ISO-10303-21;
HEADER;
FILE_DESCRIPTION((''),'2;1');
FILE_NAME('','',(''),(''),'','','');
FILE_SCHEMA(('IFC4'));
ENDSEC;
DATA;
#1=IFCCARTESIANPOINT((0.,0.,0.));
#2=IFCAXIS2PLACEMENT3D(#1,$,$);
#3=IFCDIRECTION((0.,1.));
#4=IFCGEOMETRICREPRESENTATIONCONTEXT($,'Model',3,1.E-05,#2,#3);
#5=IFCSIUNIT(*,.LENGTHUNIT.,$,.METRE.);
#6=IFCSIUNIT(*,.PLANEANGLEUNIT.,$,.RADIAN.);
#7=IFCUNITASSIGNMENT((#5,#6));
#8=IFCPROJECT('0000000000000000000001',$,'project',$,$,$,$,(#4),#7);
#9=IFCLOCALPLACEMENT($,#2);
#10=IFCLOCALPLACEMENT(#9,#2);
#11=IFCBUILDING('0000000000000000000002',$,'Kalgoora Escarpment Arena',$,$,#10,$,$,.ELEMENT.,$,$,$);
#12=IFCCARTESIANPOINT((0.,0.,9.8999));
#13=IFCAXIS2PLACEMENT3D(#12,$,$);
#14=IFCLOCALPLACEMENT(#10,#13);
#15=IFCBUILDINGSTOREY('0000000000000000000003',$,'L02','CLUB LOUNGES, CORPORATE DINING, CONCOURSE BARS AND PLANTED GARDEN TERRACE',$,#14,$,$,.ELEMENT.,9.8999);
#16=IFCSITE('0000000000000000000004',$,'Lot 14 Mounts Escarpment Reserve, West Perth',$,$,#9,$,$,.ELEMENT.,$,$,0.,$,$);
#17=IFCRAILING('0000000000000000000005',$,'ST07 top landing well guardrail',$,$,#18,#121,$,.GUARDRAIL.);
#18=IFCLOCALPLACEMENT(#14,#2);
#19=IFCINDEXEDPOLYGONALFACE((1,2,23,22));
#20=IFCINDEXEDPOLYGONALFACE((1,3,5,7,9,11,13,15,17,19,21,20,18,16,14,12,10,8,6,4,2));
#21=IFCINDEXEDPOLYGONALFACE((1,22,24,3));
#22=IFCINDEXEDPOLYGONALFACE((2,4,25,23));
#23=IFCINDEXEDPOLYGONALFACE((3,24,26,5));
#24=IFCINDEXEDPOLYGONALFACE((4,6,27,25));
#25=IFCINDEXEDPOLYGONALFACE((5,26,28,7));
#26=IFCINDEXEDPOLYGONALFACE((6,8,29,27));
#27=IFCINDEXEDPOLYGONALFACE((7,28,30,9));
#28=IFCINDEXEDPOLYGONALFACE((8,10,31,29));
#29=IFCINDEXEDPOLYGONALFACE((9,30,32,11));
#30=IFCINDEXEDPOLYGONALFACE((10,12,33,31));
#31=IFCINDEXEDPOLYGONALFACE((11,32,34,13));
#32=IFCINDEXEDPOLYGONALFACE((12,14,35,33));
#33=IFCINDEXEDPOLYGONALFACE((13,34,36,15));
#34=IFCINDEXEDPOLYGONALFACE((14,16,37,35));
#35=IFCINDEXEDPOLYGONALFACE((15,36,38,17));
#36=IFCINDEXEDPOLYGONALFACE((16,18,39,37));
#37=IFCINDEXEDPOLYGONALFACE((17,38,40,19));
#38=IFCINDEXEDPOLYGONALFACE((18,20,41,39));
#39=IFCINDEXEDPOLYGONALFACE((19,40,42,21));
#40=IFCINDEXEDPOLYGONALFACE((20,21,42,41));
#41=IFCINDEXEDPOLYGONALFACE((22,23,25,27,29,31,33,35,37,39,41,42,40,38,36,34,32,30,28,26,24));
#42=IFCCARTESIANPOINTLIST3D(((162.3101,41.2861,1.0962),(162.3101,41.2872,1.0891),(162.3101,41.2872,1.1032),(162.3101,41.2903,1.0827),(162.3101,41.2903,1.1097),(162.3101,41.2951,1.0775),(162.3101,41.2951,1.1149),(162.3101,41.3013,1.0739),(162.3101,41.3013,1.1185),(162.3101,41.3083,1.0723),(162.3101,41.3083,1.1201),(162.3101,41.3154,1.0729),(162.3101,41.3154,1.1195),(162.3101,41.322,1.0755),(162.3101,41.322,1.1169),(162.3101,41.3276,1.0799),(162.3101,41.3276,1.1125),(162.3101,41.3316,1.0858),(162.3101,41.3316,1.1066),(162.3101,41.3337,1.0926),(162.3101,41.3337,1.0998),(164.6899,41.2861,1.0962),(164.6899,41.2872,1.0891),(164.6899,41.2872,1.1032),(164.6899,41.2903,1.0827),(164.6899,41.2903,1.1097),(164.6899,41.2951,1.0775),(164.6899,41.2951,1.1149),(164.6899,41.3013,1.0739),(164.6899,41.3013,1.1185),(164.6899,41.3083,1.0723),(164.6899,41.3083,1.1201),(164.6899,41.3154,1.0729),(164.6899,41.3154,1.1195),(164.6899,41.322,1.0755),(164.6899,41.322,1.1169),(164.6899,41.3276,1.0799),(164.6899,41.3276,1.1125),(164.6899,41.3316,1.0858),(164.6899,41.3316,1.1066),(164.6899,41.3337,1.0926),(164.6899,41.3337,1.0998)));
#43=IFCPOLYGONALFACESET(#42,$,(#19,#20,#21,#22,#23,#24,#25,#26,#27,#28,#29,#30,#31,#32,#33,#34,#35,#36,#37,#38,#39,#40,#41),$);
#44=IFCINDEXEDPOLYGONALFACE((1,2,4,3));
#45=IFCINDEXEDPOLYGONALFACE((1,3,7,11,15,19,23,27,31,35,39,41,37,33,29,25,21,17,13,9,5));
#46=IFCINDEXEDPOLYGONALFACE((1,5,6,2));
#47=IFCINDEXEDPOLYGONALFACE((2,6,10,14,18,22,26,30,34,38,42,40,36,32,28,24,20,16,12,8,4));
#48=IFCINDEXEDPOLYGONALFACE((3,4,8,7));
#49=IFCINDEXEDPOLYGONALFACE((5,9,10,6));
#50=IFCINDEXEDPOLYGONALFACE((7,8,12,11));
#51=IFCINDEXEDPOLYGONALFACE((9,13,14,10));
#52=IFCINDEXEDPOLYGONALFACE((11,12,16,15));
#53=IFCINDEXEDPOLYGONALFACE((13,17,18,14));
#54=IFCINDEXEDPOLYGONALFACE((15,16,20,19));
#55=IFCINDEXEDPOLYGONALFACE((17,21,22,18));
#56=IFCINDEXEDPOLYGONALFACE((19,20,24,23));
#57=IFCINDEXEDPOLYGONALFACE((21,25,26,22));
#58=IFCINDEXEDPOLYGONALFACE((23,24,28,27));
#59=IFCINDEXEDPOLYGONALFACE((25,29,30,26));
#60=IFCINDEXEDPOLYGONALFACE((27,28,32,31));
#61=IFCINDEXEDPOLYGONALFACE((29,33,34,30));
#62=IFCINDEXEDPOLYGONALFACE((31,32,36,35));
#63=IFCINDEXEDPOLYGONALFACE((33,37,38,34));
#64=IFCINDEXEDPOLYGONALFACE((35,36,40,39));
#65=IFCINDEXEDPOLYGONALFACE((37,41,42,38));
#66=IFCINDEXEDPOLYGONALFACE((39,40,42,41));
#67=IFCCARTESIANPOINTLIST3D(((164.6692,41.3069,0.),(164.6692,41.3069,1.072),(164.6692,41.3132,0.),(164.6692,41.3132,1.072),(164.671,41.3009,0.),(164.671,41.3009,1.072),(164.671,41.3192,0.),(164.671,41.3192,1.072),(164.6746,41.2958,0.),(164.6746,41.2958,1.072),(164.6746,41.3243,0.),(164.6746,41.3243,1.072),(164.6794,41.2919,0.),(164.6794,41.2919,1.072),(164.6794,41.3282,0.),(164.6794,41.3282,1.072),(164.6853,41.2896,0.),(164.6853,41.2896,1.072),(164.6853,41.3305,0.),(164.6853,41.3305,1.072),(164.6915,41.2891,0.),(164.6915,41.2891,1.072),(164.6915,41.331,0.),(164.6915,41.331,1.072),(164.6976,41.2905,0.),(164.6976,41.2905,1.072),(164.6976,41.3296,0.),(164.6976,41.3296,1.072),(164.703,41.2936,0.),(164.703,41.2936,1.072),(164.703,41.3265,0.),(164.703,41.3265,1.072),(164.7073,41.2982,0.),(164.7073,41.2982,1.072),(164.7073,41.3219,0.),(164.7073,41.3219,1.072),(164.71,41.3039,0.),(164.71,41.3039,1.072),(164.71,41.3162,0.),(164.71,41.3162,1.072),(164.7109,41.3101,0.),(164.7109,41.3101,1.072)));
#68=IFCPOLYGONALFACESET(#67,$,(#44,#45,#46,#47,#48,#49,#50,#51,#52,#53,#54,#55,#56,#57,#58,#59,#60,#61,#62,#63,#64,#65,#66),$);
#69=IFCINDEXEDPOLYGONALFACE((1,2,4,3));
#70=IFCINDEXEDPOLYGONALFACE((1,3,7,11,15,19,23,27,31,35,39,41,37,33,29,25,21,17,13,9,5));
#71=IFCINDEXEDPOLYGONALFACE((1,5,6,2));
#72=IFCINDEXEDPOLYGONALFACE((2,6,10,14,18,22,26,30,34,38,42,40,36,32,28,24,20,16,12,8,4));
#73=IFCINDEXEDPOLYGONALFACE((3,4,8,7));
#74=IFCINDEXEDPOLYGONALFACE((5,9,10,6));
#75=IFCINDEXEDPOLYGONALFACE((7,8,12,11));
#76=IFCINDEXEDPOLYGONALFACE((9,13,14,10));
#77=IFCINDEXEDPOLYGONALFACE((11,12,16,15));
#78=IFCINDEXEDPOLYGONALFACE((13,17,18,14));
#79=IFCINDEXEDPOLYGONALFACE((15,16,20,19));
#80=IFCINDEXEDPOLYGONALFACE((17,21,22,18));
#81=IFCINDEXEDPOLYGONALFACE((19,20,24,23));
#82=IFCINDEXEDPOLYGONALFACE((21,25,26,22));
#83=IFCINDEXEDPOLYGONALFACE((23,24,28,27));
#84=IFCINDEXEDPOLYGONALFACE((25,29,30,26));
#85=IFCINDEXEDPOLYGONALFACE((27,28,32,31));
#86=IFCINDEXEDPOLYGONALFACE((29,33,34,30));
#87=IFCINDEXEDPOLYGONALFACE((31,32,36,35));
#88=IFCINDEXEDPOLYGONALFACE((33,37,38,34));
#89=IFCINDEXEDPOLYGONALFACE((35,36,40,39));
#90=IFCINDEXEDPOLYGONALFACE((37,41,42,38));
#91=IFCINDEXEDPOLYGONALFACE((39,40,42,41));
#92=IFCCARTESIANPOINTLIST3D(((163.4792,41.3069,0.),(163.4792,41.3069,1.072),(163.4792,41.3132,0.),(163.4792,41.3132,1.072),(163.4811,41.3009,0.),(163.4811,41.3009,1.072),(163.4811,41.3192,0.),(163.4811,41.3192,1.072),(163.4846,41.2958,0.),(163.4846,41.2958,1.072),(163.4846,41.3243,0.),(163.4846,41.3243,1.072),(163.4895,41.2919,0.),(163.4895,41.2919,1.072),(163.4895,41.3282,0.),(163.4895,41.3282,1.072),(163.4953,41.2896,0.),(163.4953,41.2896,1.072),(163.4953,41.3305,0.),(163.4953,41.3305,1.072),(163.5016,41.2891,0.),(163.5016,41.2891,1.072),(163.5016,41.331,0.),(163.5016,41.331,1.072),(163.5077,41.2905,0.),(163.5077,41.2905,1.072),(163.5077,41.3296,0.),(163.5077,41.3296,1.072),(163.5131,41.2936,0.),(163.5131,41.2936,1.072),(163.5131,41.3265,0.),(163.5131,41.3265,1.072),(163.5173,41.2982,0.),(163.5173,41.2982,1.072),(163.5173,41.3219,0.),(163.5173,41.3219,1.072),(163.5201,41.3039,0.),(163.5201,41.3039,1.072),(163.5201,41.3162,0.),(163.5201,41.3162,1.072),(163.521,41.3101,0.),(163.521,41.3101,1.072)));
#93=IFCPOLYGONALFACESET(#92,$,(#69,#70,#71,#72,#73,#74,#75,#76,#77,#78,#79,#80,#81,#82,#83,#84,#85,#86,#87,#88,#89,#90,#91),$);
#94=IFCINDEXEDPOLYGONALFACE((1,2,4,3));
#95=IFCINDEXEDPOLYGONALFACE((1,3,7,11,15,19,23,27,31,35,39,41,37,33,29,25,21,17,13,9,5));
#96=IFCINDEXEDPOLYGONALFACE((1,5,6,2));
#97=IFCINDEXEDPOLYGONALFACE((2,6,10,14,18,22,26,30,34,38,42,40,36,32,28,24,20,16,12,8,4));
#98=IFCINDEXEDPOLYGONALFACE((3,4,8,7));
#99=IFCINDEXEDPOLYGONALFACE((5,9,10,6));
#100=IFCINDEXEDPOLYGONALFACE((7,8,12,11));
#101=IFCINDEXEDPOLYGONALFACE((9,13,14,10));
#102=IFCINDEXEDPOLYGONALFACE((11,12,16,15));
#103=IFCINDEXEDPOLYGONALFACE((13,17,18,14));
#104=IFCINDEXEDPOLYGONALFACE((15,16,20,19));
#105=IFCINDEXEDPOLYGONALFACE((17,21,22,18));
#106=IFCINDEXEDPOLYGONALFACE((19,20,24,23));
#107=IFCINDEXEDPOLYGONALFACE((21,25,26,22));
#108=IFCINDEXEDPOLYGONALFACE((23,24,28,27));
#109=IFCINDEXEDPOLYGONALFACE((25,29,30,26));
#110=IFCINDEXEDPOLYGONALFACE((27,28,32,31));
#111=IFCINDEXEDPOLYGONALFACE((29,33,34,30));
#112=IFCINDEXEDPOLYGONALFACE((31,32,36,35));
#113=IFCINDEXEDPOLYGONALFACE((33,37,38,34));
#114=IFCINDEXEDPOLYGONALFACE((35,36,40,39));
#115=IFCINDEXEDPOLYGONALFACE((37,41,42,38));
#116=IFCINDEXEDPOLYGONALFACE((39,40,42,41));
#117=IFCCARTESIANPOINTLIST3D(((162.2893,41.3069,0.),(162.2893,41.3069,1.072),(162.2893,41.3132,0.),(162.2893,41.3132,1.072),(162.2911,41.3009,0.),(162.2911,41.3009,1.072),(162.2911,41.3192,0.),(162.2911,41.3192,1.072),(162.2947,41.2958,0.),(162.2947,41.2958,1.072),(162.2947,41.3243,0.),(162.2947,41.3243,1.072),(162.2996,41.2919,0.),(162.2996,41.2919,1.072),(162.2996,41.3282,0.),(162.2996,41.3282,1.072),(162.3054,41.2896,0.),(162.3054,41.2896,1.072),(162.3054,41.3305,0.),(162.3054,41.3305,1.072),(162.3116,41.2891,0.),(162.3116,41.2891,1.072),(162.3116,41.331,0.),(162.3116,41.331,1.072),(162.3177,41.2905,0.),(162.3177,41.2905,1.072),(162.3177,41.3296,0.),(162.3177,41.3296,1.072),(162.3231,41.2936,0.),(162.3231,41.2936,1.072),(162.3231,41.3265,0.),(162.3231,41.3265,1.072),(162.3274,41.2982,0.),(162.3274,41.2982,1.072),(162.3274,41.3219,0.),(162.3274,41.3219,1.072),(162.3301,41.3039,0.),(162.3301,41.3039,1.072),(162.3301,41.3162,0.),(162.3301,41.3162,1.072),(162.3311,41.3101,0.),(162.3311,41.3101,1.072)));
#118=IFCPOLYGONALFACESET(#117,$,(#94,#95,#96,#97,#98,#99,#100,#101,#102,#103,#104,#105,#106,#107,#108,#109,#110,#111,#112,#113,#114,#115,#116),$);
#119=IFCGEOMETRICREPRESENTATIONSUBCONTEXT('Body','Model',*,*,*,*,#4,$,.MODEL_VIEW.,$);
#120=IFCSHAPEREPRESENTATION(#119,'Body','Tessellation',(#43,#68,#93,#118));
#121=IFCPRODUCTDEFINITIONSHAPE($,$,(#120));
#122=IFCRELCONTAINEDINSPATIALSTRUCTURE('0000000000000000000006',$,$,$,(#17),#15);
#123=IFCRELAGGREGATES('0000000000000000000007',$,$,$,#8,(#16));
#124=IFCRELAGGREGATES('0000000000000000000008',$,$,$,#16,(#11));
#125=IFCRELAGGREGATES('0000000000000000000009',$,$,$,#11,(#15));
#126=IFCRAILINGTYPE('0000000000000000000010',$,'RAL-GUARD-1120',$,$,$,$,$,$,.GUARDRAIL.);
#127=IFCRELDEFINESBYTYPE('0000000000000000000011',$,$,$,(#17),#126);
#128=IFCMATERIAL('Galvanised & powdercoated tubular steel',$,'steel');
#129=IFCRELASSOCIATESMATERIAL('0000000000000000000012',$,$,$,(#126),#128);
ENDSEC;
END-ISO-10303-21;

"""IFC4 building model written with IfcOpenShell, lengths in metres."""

from ifc_helpers import new_model, si_unit, direction, frame, origin, origin_2d, place, context, subcontext, project, spatial, circle, extrude, material, type_object, element, save


model = new_model("IFC4")

# Units and contexts
model_context = context("Model", 3, precision=1e-05, world=origin(), true_north=direction((0.0, 1.0)))
body_context = subcontext(model_context, "Body", "Model", "MODEL_VIEW")
ifc_project = project(units=[si_unit("LENGTHUNIT", "METRE"), si_unit("PLANEANGLEUNIT", "RADIAN")], contexts=[model_context])

# Site, building, storey
site_placement = place(None, origin())
site = spatial("IfcSite", under=ifc_project, at=site_placement, Name="Lot 14 Mounts Escarpment Reserve, West Perth", CompositionType="ELEMENT", RefElevation=0.0)
building_placement = place(site_placement, origin())
building = spatial("IfcBuilding", under=site, at=building_placement, Name="Kalgoora Escarpment Arena", CompositionType="ELEMENT")
storey_placement = place(building_placement, frame((0.0, 0.0, 9.8999)))
storey = spatial("IfcBuildingStorey", under=building, at=storey_placement, Name="L02", Description="CLUB LOUNGES, CORPORATE DINING, CONCOURSE BARS AND PLANTED GARDEN TERRACE", CompositionType="ELEMENT", Elevation=9.8999)

# Railing
ifc_material_1 = material(Name="Galvanised & powdercoated tubular steel", Category="steel")
railing_type_1 = type_object("IfcRailingType", Name="RAL-GUARD-1120", PredefinedType="GUARDRAIL", material=ifc_material_1)
railing_1_placement = place(storey_placement, frame((164.6899, 41.3101, 0.0)))
element("IfcRailing", 1, at=railing_1_placement, inside=storey, type_object=railing_type_1, Name="ST07 top landing well guardrail", PredefinedType="GUARDRAIL", context=body_context, shape_type="SweptSolid", body=[
    extrude(circle(Radius=0.0239, at=origin_2d()), frame((0.0, 0.0, 1.0962), z_axis=(-1.0, 0.0, 0.0), x_axis=(0.0, -1.0, 0.0)), (0.0, 0.0, 1.0), 2.3799),
    extrude(circle(Radius=0.021, at=origin_2d()), origin(), (0.0, 0.0, 1.0), 1.072),
    extrude(circle(Radius=0.021, at=origin_2d()), frame((-1.1899, 0.0, 0.0)), (0.0, 0.0, 1.0), 1.072),
    extrude(circle(Radius=0.021, at=origin_2d()), frame((-2.3799, 0.0, 0.0)), (0.0, 0.0, 1.0), 1.072),
])

save(model, "model.ifc")
